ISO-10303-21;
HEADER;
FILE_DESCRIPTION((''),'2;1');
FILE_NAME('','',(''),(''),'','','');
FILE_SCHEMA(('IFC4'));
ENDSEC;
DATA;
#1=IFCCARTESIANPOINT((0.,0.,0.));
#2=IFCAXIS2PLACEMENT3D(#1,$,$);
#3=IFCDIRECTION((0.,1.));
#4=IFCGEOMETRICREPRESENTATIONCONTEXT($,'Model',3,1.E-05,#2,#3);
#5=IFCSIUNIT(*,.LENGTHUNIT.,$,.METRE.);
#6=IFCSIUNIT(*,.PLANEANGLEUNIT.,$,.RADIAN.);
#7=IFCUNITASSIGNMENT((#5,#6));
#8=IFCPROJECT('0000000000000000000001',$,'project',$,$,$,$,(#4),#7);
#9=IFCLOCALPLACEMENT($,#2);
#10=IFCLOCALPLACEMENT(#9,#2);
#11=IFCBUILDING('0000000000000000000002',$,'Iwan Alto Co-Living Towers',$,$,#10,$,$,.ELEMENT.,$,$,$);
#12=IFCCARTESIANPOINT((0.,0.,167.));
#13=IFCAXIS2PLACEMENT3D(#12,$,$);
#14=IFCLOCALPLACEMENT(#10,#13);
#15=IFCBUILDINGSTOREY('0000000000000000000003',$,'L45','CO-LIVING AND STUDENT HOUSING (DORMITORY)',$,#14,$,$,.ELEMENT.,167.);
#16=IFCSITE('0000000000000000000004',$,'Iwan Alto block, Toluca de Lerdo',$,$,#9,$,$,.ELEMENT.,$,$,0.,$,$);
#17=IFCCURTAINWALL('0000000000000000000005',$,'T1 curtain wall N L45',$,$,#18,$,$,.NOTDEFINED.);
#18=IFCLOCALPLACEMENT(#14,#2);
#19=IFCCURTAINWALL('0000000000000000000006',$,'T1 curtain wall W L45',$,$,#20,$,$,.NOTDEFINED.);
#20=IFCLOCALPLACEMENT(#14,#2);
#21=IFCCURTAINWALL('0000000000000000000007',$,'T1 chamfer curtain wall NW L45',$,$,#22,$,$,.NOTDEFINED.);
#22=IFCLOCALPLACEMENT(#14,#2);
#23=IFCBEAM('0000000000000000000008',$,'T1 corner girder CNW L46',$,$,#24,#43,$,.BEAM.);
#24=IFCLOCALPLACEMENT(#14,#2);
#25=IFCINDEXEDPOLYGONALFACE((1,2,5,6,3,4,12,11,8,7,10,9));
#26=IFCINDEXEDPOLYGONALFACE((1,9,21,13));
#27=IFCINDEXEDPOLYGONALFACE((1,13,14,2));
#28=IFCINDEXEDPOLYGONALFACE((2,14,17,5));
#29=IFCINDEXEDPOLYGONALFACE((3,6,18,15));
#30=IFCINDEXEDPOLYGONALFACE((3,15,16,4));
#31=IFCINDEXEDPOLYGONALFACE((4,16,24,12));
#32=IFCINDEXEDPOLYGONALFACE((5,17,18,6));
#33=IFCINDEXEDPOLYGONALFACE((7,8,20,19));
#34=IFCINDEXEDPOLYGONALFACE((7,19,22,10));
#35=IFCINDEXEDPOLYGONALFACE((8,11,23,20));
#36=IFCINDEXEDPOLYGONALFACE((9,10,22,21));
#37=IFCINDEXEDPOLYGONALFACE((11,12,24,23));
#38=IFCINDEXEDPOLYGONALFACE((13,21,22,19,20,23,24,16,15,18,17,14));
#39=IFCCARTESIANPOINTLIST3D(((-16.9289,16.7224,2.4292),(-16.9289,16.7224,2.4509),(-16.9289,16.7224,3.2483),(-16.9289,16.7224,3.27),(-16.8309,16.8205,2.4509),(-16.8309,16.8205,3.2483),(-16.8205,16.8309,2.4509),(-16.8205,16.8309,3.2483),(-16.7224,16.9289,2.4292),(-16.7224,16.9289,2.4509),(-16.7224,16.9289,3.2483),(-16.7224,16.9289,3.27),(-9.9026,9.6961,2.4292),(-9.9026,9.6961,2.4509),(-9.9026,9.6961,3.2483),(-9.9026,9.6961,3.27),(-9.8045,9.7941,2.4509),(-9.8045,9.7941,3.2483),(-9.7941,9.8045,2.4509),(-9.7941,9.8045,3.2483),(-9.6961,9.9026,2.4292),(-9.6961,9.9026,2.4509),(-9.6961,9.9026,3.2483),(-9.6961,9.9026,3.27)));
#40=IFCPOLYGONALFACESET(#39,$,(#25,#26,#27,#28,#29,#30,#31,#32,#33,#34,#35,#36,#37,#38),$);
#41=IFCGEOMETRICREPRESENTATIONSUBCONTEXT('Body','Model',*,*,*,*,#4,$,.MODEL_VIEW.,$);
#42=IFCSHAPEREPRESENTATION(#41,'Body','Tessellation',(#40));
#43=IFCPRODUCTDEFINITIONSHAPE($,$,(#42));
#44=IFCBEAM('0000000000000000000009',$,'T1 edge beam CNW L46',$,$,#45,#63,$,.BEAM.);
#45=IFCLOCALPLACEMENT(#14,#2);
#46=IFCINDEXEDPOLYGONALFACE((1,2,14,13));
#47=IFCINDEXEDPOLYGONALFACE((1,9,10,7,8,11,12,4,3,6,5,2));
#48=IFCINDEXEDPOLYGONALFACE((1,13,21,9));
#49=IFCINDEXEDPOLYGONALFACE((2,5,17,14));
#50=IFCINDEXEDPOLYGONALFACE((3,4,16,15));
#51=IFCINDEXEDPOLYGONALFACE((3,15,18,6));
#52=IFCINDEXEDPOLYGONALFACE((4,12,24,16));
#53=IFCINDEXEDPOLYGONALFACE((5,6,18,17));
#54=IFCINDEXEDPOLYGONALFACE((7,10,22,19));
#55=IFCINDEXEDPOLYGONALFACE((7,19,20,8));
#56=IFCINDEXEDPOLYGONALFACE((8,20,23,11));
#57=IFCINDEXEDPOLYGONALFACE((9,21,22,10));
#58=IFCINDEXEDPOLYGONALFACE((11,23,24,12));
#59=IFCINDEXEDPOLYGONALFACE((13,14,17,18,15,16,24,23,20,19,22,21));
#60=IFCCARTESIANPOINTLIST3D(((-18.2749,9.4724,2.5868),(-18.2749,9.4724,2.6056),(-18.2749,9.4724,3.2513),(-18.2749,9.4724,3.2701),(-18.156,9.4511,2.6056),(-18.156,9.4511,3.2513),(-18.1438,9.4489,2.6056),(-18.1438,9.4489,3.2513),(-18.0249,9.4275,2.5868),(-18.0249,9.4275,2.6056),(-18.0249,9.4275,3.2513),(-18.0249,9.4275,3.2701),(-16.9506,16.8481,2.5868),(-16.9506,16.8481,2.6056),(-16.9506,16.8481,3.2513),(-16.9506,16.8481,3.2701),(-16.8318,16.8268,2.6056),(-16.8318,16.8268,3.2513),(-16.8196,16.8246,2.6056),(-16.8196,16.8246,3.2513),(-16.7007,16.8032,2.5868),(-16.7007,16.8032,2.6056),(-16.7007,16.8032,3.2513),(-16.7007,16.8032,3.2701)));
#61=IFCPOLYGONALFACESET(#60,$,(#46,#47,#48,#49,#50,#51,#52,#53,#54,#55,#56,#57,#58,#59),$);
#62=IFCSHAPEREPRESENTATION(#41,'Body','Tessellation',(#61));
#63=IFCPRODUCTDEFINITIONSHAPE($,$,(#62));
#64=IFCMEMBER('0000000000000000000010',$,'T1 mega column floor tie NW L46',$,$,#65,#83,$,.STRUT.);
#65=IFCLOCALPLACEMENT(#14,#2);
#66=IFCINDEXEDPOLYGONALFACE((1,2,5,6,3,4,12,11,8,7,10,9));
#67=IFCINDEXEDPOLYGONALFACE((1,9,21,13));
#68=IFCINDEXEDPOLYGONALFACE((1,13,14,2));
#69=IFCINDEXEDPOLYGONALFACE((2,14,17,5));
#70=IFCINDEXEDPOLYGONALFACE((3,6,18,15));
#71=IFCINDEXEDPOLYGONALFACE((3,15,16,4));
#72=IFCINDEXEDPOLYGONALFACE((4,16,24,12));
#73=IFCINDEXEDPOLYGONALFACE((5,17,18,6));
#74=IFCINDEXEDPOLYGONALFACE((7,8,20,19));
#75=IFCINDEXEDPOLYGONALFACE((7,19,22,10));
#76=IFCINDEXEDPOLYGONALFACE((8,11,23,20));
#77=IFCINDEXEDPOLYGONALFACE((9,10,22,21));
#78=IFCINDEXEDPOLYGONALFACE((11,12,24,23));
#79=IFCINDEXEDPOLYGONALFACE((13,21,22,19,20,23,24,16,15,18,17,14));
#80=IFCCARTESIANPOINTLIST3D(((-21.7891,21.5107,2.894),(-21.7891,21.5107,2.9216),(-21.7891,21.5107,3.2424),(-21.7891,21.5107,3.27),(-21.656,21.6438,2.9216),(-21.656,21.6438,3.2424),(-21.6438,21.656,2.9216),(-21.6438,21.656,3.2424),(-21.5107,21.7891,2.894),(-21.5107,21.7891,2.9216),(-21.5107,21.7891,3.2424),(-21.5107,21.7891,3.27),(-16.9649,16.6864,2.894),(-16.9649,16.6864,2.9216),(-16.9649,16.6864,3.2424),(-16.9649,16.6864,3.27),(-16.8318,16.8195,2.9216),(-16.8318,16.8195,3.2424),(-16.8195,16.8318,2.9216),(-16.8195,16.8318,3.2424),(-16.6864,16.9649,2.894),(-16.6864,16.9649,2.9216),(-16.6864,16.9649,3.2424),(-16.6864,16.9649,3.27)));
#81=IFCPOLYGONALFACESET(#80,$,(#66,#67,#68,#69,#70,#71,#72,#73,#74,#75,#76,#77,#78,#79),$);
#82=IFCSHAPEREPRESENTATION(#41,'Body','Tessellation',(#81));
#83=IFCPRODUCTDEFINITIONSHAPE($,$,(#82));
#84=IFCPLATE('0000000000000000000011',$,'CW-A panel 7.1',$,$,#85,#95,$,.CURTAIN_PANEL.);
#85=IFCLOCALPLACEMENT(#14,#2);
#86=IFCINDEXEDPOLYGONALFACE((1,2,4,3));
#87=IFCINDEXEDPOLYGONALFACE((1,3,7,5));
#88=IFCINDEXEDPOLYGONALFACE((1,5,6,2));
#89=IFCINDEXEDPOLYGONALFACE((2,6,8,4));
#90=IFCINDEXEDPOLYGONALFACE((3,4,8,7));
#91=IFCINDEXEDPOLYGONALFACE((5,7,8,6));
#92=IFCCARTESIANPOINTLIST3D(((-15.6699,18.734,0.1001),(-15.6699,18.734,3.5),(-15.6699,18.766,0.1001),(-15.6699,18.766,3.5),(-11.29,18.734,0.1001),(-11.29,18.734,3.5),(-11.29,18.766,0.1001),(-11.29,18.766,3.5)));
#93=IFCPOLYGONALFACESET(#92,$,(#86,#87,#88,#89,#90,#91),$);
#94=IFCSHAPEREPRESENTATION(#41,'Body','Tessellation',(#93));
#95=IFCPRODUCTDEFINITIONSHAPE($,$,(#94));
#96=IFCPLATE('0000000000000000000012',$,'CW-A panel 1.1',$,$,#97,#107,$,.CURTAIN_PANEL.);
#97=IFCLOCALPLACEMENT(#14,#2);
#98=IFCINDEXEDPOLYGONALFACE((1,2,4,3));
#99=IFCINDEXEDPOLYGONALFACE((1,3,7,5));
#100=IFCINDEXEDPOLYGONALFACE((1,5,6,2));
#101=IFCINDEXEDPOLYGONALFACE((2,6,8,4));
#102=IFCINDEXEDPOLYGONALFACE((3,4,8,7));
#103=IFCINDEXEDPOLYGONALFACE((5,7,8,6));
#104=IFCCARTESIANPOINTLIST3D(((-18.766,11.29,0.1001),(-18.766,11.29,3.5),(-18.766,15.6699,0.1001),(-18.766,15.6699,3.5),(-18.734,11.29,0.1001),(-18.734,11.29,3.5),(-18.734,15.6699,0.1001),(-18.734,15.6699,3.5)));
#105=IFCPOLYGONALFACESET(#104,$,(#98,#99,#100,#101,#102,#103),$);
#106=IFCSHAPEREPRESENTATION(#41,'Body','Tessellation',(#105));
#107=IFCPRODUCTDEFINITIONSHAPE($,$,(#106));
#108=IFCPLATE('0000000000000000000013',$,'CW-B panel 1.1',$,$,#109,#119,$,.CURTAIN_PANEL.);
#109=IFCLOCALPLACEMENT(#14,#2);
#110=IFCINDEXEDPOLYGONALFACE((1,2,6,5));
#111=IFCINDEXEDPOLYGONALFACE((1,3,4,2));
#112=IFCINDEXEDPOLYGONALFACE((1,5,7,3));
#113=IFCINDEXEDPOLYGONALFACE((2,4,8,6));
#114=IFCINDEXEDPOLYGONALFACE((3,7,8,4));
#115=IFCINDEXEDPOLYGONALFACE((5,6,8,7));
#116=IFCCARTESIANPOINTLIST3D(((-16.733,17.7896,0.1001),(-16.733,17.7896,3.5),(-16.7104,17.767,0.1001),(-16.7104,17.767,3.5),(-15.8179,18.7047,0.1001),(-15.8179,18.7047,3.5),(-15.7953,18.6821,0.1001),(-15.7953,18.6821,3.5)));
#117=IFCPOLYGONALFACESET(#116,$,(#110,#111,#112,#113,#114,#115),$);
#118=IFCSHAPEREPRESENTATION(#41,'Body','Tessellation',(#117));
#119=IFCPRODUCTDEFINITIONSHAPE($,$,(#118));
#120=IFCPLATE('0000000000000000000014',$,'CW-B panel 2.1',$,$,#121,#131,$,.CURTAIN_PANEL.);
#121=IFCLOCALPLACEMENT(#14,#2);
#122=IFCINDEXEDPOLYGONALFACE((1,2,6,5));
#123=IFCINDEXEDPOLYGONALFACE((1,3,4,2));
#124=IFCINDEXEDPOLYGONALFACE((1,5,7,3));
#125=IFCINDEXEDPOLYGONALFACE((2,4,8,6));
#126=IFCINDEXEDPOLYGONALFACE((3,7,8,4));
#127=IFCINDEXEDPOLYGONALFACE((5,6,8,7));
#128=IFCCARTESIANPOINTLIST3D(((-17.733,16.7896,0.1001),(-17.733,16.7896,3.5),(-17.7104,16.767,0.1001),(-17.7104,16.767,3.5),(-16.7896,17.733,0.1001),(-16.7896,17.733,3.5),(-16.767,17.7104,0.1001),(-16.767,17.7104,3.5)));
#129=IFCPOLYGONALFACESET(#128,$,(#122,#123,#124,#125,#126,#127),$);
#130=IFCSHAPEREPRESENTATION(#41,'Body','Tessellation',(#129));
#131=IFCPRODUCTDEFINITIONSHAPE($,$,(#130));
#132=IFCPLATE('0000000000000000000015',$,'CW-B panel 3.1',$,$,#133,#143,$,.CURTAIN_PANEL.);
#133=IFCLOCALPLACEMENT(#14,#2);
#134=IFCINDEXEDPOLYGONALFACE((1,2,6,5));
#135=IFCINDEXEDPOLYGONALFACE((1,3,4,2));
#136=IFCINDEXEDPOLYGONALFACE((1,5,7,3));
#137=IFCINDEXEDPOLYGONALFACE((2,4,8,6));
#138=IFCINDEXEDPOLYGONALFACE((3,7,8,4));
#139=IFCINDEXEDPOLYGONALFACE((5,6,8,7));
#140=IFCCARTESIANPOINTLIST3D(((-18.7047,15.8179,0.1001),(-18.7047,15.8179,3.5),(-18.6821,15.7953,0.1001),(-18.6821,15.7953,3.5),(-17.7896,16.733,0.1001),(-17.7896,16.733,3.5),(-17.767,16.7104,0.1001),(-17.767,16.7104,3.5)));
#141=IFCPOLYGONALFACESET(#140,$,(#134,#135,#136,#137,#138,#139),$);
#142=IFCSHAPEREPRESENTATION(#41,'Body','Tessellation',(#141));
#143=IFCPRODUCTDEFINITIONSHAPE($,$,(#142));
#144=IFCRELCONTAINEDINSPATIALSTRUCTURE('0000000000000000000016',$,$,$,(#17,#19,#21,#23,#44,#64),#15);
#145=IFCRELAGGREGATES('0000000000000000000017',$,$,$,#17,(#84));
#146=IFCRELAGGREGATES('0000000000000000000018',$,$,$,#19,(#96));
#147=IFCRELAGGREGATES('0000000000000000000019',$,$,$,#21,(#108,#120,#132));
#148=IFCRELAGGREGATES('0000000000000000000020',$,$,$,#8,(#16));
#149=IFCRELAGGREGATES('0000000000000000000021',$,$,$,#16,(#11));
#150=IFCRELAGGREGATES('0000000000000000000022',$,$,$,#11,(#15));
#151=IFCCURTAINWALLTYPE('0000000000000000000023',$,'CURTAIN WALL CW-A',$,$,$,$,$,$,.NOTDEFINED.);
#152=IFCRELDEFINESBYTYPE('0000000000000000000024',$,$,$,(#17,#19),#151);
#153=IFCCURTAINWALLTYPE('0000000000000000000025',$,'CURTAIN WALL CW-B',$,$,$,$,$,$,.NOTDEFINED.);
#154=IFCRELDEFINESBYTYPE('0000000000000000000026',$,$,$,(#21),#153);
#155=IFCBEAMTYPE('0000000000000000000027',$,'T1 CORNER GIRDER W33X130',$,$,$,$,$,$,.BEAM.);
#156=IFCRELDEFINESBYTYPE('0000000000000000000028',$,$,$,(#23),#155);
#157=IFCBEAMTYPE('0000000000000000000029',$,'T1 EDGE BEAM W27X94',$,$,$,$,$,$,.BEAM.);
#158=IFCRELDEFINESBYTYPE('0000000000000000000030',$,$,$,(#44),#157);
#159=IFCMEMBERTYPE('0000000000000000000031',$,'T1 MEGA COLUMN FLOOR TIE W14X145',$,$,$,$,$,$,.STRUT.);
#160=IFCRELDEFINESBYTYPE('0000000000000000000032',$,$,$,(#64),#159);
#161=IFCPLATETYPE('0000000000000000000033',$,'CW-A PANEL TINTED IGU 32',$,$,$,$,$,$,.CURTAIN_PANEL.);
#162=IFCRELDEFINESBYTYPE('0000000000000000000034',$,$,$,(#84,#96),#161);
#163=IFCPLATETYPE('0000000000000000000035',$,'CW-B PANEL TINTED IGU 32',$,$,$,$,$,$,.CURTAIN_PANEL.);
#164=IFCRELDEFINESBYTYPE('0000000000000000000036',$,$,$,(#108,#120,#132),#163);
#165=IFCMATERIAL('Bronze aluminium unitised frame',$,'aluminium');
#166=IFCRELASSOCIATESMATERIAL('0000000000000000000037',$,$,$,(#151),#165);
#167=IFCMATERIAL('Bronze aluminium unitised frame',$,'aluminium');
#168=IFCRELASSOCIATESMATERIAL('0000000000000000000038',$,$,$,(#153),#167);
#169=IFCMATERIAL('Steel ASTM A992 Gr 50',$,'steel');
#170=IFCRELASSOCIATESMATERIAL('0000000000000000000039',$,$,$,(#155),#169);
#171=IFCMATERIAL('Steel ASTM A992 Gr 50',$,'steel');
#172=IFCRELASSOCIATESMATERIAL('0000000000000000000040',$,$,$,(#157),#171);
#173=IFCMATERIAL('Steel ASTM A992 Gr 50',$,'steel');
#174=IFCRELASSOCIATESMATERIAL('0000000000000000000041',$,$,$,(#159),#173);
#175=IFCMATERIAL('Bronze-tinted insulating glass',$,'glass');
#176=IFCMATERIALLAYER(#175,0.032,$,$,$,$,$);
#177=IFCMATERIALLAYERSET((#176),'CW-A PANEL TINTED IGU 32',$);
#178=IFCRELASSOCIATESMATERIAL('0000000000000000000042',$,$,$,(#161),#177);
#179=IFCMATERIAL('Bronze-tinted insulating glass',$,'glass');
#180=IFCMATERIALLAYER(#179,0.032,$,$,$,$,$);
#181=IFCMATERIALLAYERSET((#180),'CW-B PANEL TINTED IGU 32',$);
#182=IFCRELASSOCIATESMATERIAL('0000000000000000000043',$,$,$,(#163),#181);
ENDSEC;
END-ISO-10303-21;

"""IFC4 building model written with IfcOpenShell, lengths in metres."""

from ifc_helpers import new_model, si_unit, direction, frame, origin, origin_2d, place, context, subcontext, project, spatial, rectangle, i_section, extrude, material, layer, layer_set, material_profile, profile_set, type_object, element, aggregate, save


model = new_model("IFC4")

# Units and contexts
model_context = context("Model", 3, precision=1e-05, world=origin(), true_north=direction((0.0, 1.0)))
body_context = subcontext(model_context, "Body", "Model", "MODEL_VIEW")
ifc_project = project(units=[si_unit("LENGTHUNIT", "METRE"), si_unit("PLANEANGLEUNIT", "RADIAN")], contexts=[model_context])

# Site, building, storey
site_placement = place(None, origin())
site = spatial("IfcSite", under=ifc_project, at=site_placement, Name="Iwan Alto block, Toluca de Lerdo", CompositionType="ELEMENT", RefElevation=0.0)
building_placement = place(site_placement, origin())
building = spatial("IfcBuilding", under=site, at=building_placement, Name="Iwan Alto Co-Living Towers", CompositionType="ELEMENT")
storey_placement = place(building_placement, frame((0.0, 0.0, 167.0)))
storey = spatial("IfcBuildingStorey", under=building, at=storey_placement, Name="L45", Description="CO-LIVING AND STUDENT HOUSING (DORMITORY)", CompositionType="ELEMENT", Elevation=167.0)

# Curtain wall
ifc_material_1 = material(Name="Bronze aluminium unitised frame", Category="aluminium")
curtain_wall_type_1 = type_object("IfcCurtainWallType", Name="CURTAIN WALL CW-A", PredefinedType="NOTDEFINED", material=ifc_material_1)
curtain_wall_1_placement = place(storey_placement, origin())
curtain_wall_1 = element("IfcCurtainWall", 1, at=curtain_wall_1_placement, inside=storey, type_object=curtain_wall_type_1, Name="T1 curtain wall N L45", PredefinedType="NOTDEFINED")

# Curtain walls
curtain_wall_2_placement = place(storey_placement, origin())
curtain_wall_2 = element("IfcCurtainWall", 2, at=curtain_wall_2_placement, inside=storey, type_object=curtain_wall_type_1, Name="T1 curtain wall W L45", PredefinedType="NOTDEFINED")
ifc_material_2 = material(Name="Bronze aluminium unitised frame", Category="aluminium")
curtain_wall_type_2 = type_object("IfcCurtainWallType", Name="CURTAIN WALL CW-B", PredefinedType="NOTDEFINED", material=ifc_material_2)
curtain_wall_3_placement = place(storey_placement, origin())
curtain_wall_3 = element("IfcCurtainWall", 3, at=curtain_wall_3_placement, inside=storey, type_object=curtain_wall_type_2, Name="T1 chamfer curtain wall NW L45", PredefinedType="NOTDEFINED")

# Beams
ifc_material_3 = material(Name="Steel ASTM A992 Gr 50", Category="steel")
ifc_material_profile_1 = material_profile(ifc_material_3, i_section(OverallWidth=0.292, OverallDepth=0.8408, WebThickness=0.0146, FlangeThickness=0.0217, at=origin_2d()), Name="W33X130")
ifc_profile_set_1 = profile_set([ifc_material_profile_1], Name="Steel ASTM A992 Gr 50")
beam_type_1 = type_object("IfcBeamType", Name="T1 CORNER GIRDER W33X130", PredefinedType="BEAM", material=ifc_profile_set_1)
beam_1_placement = place(storey_placement, frame((-16.8257, 16.8257, 2.8496), z_axis=(0.707107, -0.707107, 0.0), x_axis=(0.707107, 0.707107, 0.0)))
element("IfcBeam", 4, at=beam_1_placement, inside=storey, type_object=beam_type_1, Name="T1 corner girder CNW L46", PredefinedType="BEAM", context=body_context, shape_type="SweptSolid", body=[
    extrude(i_section(OverallWidth=0.292, OverallDepth=0.8408, WebThickness=0.0146, FlangeThickness=0.0217, at=origin_2d()), origin(), (0.0, 0.0, 1.0), 9.9368),
])
ifc_material_4 = material(Name="Steel ASTM A992 Gr 50", Category="steel")
ifc_material_profile_2 = material_profile(ifc_material_4, i_section(OverallWidth=0.2539, OverallDepth=0.6833, WebThickness=0.0125, FlangeThickness=0.0188, at=origin_2d()), Name="W27X94")
ifc_profile_set_2 = profile_set([ifc_material_profile_2], Name="Steel ASTM A992 Gr 50")
beam_type_2 = type_object("IfcBeamType", Name="T1 EDGE BEAM W27X94", PredefinedType="BEAM", material=ifc_profile_set_2)
beam_2_placement = place(storey_placement, frame((-16.8257, 16.8257, 2.9285), z_axis=(-0.176712, -0.984263, 0.0), x_axis=(0.984263, -0.176712, 0.0)))
element("IfcBeam", 5, at=beam_2_placement, inside=storey, type_object=beam_type_2, Name="T1 edge beam CNW L46", PredefinedType="BEAM", context=body_context, shape_type="SweptSolid", body=[
    extrude(i_section(OverallWidth=0.2539, OverallDepth=0.6833, WebThickness=0.0125, FlangeThickness=0.0188, at=origin_2d()), origin(), (0.0, 0.0, 1.0), 7.4937),
])

# Member
ifc_material_5 = material(Name="Steel ASTM A992 Gr 50", Category="steel")
ifc_material_profile_3 = material_profile(ifc_material_5, i_section(OverallWidth=0.3938, OverallDepth=0.376, WebThickness=0.0173, FlangeThickness=0.0276, at=origin_2d()), Name="W14X145")
ifc_profile_set_3 = profile_set([ifc_material_profile_3], Name="Steel ASTM A992 Gr 50")
member_type_1 = type_object("IfcMemberType", Name="T1 MEGA COLUMN FLOOR TIE W14X145", PredefinedType="STRUT", material=ifc_profile_set_3)
member_1_placement = place(storey_placement, frame((-21.6499, 21.6499, 3.082), z_axis=(0.707107, -0.707107, 0.0), x_axis=(0.707107, 0.707107, 0.0)))
element("IfcMember", 6, at=member_1_placement, inside=storey, type_object=member_type_1, Name="T1 mega column floor tie NW L46", PredefinedType="STRUT", context=body_context, shape_type="SweptSolid", body=[
    extrude(i_section(OverallWidth=0.3938, OverallDepth=0.376, WebThickness=0.0173, FlangeThickness=0.0276, at=origin_2d()), origin(), (0.0, 0.0, 1.0), 6.8225),
])

# Plates
ifc_material_6 = material(Name="Bronze-tinted insulating glass", Category="glass")
ifc_layer_1 = layer(ifc_material_6, 0.032)
ifc_layer_set_1 = layer_set([ifc_layer_1], Name="CW-A PANEL TINTED IGU 32")
plate_type_1 = type_object("IfcPlateType", Name="CW-A PANEL TINTED IGU 32", PredefinedType="CURTAIN_PANEL", material=ifc_layer_set_1)
plate_1_placement = place(storey_placement, frame((-13.48, 18.75, 0.1001), z_axis=(0.0, 0.0, 1.0), x_axis=(-1.0, 0.0, 0.0)))
plate_1 = element("IfcPlate", 7, at=plate_1_placement, type_object=plate_type_1, Name="CW-A panel 7.1", PredefinedType="CURTAIN_PANEL", context=body_context, shape_type="SweptSolid", body=[
    extrude(rectangle(XDim=4.3799, YDim=0.032, at=origin_2d()), origin(), (0.0, 0.0, 1.0), 3.3999),
])
aggregate(curtain_wall_1, [plate_1])
plate_2_placement = place(storey_placement, frame((-18.75, 13.48, 0.1001), z_axis=(0.0, 0.0, 1.0), x_axis=(0.0, -1.0, 0.0)))
plate_2 = element("IfcPlate", 8, at=plate_2_placement, type_object=plate_type_1, Name="CW-A panel 1.1", PredefinedType="CURTAIN_PANEL", context=body_context, shape_type="SweptSolid", body=[
    extrude(rectangle(XDim=4.3799, YDim=0.032, at=origin_2d()), origin(), (0.0, 0.0, 1.0), 3.3999),
])
aggregate(curtain_wall_2, [plate_2])
ifc_material_7 = material(Name="Bronze-tinted insulating glass", Category="glass")
ifc_layer_2 = layer(ifc_material_7, 0.032)
ifc_layer_set_2 = layer_set([ifc_layer_2], Name="CW-B PANEL TINTED IGU 32")
plate_type_2 = type_object("IfcPlateType", Name="CW-B PANEL TINTED IGU 32", PredefinedType="CURTAIN_PANEL", material=ifc_layer_set_2)
plate_3_placement = place(storey_placement, frame((-16.2642, 18.2358, 0.1001), z_axis=(0.0, 0.0, 1.0), x_axis=(-0.707107, -0.707107, 0.0)))
plate_3 = element("IfcPlate", 9, at=plate_3_placement, type_object=plate_type_2, Name="CW-B panel 1.1", PredefinedType="CURTAIN_PANEL", context=body_context, shape_type="SweptSolid", body=[
    extrude(rectangle(XDim=1.2942, YDim=0.032, at=origin_2d()), origin(), (0.0, 0.0, 1.0), 3.3999),
])
plate_4_placement = place(storey_placement, frame((-17.25, 17.25, 0.1001), z_axis=(0.0, 0.0, 1.0), x_axis=(-0.707107, -0.707107, 0.0)))
plate_4 = element("IfcPlate", 10, at=plate_4_placement, type_object=plate_type_2, Name="CW-B panel 2.1", PredefinedType="CURTAIN_PANEL", context=body_context, shape_type="SweptSolid", body=[
    extrude(rectangle(XDim=1.3342, YDim=0.032, at=origin_2d()), origin(), (0.0, 0.0, 1.0), 3.3999),
])
plate_5_placement = place(storey_placement, frame((-18.2358, 16.2642, 0.1001), z_axis=(0.0, 0.0, 1.0), x_axis=(-0.707107, -0.707107, 0.0)))
plate_5 = element("IfcPlate", 11, at=plate_5_placement, type_object=plate_type_2, Name="CW-B panel 3.1", PredefinedType="CURTAIN_PANEL", context=body_context, shape_type="SweptSolid", body=[
    extrude(rectangle(XDim=1.2942, YDim=0.032, at=origin_2d()), origin(), (0.0, 0.0, 1.0), 3.3999),
])
aggregate(curtain_wall_3, [plate_3, plate_4, plate_5])

save(model, "model.ifc")
